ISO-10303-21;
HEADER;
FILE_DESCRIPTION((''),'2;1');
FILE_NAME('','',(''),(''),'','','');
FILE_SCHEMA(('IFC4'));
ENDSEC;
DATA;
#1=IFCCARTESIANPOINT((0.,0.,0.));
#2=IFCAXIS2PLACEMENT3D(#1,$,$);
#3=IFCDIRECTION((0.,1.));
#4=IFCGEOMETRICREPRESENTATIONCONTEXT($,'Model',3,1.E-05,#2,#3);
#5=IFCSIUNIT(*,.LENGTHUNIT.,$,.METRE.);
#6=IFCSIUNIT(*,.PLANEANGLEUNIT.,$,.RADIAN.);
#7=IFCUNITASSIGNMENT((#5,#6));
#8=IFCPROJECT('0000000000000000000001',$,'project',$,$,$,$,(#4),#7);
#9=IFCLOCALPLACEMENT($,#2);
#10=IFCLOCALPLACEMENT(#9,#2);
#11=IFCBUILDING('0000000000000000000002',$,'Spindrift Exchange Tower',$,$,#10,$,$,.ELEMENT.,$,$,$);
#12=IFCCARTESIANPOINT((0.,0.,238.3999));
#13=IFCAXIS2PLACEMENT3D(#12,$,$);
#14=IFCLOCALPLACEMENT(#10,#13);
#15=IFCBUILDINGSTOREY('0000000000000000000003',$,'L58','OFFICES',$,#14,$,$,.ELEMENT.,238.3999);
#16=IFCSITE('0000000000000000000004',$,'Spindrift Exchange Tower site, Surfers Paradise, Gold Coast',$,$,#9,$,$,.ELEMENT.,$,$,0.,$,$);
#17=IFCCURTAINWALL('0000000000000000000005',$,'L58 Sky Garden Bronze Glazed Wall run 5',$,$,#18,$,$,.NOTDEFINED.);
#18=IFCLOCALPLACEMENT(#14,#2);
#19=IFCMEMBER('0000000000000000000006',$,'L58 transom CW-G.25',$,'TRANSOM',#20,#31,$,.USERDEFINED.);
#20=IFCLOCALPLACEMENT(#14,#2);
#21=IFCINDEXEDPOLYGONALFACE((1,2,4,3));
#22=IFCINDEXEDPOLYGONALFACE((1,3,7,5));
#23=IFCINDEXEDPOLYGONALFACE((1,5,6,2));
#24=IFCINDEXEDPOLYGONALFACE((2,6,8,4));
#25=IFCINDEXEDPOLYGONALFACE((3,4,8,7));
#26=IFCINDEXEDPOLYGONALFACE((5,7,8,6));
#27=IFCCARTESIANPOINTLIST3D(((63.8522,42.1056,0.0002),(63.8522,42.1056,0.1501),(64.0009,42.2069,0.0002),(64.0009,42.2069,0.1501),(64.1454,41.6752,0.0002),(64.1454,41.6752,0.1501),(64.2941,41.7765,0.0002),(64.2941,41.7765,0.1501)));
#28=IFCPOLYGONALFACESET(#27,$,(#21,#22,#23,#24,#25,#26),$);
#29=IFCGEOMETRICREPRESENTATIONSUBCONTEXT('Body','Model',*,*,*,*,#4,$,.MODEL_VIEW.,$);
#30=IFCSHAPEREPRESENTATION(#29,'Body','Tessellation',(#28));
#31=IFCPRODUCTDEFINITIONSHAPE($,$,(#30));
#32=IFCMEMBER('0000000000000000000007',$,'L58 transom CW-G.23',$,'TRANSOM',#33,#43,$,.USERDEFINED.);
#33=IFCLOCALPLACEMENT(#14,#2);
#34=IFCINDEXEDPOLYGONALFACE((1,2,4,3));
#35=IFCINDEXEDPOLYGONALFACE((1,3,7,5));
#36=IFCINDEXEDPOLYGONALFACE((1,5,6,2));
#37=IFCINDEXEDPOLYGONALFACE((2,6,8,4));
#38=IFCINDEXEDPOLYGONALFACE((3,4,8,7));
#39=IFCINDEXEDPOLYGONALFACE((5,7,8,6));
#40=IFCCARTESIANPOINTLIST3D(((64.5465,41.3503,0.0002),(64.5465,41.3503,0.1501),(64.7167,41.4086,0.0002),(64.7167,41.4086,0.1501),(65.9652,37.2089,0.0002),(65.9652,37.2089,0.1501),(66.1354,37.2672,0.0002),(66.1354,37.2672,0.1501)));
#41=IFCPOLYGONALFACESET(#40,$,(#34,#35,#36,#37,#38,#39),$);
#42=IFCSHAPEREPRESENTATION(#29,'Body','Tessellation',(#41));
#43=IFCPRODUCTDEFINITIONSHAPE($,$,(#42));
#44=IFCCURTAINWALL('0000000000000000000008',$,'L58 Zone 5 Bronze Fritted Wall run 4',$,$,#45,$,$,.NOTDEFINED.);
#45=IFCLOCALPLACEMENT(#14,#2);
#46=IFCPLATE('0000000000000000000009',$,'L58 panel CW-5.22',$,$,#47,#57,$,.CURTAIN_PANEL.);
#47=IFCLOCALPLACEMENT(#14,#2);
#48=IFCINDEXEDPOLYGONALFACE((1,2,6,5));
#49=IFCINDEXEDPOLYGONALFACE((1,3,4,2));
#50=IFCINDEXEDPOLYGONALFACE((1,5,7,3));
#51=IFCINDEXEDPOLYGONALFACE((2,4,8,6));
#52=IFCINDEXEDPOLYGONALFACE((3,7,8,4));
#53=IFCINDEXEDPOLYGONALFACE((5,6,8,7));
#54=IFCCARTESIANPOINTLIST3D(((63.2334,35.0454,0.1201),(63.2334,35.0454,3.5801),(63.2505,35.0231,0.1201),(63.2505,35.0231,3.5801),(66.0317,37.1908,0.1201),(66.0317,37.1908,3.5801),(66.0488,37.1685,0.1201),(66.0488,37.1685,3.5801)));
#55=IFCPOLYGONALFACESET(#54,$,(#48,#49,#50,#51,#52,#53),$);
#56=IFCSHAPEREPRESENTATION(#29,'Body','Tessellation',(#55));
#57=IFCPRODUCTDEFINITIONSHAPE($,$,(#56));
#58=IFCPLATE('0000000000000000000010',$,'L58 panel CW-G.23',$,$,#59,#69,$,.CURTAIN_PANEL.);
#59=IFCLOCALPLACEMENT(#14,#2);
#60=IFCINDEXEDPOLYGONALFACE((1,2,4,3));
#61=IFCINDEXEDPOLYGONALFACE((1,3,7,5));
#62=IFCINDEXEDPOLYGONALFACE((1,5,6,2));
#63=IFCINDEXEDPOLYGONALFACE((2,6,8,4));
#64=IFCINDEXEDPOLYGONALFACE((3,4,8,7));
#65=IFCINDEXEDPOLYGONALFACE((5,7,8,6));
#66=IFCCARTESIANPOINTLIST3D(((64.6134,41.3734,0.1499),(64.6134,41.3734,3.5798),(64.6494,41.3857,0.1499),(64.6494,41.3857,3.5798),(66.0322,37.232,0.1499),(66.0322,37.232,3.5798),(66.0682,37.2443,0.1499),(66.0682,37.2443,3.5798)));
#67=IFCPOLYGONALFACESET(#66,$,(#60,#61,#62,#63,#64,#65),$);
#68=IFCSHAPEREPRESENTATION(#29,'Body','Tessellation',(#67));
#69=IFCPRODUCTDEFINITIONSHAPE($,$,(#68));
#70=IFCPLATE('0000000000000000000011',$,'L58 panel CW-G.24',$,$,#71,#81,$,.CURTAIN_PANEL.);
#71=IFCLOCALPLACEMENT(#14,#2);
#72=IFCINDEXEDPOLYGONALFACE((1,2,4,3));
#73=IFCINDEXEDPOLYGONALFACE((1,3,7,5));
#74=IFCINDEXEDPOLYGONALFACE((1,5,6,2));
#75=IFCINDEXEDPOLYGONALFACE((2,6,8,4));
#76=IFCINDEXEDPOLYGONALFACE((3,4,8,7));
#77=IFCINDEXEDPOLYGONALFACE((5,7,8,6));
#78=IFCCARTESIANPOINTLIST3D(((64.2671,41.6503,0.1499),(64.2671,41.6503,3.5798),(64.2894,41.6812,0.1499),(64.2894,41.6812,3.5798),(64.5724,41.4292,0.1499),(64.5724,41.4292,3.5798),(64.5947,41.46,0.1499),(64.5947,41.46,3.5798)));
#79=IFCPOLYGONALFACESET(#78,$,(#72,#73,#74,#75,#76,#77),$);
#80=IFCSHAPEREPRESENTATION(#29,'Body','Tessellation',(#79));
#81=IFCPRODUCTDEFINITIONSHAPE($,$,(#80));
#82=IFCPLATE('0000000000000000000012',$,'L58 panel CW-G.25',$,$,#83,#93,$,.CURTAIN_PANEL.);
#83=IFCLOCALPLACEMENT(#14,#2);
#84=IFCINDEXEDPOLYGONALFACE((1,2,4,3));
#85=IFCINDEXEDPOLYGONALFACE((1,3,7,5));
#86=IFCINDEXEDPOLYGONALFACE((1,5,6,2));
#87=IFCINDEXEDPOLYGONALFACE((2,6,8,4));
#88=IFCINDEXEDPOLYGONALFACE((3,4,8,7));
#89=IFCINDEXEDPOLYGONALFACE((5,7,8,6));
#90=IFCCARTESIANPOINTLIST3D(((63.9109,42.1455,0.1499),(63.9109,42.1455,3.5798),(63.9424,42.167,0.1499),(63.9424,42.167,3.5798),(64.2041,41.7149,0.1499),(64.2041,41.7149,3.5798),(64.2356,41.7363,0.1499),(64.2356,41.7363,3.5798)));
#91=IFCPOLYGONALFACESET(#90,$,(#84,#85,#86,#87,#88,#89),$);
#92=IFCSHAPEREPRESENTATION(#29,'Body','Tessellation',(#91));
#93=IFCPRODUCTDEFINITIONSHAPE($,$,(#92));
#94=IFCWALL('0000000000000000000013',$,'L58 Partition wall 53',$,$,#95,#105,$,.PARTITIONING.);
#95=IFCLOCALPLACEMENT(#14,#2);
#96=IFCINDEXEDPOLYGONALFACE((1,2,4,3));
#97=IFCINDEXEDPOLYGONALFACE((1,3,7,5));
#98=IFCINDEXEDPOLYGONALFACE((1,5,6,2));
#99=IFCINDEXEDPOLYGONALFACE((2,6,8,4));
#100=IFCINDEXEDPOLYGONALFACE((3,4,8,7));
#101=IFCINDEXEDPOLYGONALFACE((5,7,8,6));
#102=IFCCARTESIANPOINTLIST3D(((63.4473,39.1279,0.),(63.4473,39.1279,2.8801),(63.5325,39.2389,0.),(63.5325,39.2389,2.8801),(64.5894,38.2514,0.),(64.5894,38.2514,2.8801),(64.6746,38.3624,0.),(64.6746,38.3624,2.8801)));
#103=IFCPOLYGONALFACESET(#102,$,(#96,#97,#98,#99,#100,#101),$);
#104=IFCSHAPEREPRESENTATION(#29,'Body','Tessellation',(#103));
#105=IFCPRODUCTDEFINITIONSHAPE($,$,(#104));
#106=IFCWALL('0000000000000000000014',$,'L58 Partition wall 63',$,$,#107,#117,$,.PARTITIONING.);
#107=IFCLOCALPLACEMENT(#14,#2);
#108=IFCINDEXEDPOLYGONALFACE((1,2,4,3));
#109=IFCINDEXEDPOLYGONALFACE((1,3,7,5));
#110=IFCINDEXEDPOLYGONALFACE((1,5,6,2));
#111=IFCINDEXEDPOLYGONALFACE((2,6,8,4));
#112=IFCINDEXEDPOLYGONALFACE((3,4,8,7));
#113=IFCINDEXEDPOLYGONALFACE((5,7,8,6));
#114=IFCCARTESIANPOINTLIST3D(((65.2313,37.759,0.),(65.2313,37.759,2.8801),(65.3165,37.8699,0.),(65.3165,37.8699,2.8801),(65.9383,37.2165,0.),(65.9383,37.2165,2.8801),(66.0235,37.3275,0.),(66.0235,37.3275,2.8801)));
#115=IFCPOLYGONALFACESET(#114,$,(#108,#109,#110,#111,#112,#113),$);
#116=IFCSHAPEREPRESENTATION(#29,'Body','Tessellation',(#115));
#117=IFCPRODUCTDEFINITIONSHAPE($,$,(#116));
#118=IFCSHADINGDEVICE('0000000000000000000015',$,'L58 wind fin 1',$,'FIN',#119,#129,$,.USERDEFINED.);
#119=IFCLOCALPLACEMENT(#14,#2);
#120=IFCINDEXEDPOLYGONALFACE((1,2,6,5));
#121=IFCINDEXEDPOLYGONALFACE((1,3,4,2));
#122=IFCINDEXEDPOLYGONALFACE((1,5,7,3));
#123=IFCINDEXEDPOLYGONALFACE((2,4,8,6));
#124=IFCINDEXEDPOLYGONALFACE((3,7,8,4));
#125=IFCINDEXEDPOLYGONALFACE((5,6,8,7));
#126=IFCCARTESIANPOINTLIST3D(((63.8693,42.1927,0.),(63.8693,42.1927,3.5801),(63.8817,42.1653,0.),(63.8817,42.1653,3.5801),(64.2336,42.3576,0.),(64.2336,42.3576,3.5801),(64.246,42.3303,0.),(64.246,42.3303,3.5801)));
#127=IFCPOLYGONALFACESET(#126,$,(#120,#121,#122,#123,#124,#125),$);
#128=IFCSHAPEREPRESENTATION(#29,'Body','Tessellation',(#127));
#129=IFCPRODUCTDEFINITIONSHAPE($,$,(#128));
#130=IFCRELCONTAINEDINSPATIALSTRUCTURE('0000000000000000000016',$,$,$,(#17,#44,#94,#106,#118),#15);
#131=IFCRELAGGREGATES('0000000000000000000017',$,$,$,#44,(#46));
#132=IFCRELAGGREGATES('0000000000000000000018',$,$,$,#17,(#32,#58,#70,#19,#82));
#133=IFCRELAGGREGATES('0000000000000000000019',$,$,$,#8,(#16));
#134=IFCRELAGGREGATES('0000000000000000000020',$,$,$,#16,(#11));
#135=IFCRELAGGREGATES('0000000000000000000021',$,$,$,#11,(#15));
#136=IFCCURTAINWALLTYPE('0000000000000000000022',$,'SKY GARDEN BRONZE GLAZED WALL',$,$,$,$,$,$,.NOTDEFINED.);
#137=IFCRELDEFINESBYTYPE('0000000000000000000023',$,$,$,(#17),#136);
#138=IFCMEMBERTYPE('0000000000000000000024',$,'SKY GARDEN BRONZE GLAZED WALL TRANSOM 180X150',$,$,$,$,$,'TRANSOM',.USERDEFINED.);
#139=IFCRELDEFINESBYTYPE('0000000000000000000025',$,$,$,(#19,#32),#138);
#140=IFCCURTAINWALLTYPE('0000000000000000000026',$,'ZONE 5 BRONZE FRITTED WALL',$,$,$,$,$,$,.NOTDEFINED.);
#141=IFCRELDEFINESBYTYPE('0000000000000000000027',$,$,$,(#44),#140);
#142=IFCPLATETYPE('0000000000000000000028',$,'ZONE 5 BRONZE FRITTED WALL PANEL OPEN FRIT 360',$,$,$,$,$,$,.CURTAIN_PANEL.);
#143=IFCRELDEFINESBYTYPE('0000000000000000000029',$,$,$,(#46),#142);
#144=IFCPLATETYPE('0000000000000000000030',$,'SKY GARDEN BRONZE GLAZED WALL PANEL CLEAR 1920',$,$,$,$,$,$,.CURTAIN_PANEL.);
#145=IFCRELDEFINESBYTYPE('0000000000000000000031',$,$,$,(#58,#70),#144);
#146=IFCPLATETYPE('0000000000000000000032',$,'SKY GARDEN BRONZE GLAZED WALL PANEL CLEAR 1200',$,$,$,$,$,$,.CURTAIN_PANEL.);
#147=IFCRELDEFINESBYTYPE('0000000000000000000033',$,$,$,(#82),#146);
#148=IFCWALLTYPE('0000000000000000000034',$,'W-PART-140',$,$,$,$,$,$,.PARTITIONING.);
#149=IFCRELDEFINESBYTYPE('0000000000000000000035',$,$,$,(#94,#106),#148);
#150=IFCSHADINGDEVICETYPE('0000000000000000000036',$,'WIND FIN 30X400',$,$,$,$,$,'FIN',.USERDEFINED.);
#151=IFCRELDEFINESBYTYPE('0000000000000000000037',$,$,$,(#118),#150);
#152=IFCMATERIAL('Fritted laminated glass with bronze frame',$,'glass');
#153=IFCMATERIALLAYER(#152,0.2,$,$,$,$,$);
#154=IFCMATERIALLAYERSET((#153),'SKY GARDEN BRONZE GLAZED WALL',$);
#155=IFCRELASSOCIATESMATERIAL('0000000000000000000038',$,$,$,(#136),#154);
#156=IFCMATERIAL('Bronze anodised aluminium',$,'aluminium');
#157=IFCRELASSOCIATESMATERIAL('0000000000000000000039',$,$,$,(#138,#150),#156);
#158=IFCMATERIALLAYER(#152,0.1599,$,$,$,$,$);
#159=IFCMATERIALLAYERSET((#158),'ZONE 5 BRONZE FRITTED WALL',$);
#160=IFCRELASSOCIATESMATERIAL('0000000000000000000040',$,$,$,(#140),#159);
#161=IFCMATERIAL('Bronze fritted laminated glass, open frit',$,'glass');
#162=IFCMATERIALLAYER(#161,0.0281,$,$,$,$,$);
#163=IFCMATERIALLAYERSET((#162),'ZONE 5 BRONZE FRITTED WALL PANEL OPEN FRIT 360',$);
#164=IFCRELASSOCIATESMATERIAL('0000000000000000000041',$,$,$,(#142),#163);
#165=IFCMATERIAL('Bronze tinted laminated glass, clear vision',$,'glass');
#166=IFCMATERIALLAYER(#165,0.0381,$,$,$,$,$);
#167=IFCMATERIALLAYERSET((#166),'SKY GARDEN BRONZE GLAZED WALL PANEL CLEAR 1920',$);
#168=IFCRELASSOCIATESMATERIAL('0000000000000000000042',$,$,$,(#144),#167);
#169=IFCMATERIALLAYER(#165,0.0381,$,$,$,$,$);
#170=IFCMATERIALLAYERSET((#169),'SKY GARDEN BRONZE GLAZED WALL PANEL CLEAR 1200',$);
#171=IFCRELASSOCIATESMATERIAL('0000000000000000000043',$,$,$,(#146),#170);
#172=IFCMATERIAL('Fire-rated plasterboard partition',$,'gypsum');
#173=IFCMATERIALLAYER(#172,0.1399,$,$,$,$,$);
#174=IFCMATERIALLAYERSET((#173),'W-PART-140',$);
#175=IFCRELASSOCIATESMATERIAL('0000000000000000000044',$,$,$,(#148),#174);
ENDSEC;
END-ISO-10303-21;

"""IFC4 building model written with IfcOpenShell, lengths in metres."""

from ifc_helpers import new_model, si_unit, direction, frame, frame_2d, origin, origin_2d, place, context, subcontext, project, spatial, rectangle, extrude, source, transform, mapped, material, layer, layer_set, material_profile, profile_set, type_object, element, aggregate, save


model = new_model("IFC4")

# Units and contexts
model_context = context("Model", 3, precision=1e-05, world=origin(), true_north=direction((0.0, 1.0)))
body_context = subcontext(model_context, "Body", "Model", "MODEL_VIEW")
ifc_project = project(units=[si_unit("LENGTHUNIT", "METRE"), si_unit("PLANEANGLEUNIT", "RADIAN")], contexts=[model_context])

# Site, building, storey
site_placement = place(None, origin())
site = spatial("IfcSite", under=ifc_project, at=site_placement, Name="Spindrift Exchange Tower site, Surfers Paradise, Gold Coast", CompositionType="ELEMENT", RefElevation=0.0)
building_placement = place(site_placement, origin())
building = spatial("IfcBuilding", under=site, at=building_placement, Name="Spindrift Exchange Tower", CompositionType="ELEMENT")
storey_placement = place(building_placement, frame((0.0, 0.0, 238.3999)))
storey = spatial("IfcBuildingStorey", under=building, at=storey_placement, Name="L58", Description="OFFICES", CompositionType="ELEMENT", Elevation=238.3999)

# Curtain wall, members
ifc_material_1 = material(Name="Fritted laminated glass with bronze frame", Category="glass")
ifc_layer_1 = layer(ifc_material_1, 0.2)
ifc_layer_set_1 = layer_set([ifc_layer_1], Name="SKY GARDEN BRONZE GLAZED WALL")
curtain_wall_type_1 = type_object("IfcCurtainWallType", Name="SKY GARDEN BRONZE GLAZED WALL", PredefinedType="NOTDEFINED", material=ifc_layer_set_1)
curtain_wall_1_placement = place(storey_placement, origin())
curtain_wall_1 = element("IfcCurtainWall", 1, at=curtain_wall_1_placement, inside=storey, type_object=curtain_wall_type_1, Name="L58 Sky Garden Bronze Glazed Wall run 5", PredefinedType="NOTDEFINED")
ifc_material_2 = material(Name="Bronze anodised aluminium", Category="aluminium")
ifc_material_profile_1 = material_profile(ifc_material_2, rectangle(XDim=0.1799, YDim=0.1499, at=origin_2d()), Name="SKY GARDEN BRONZE GLAZED WALL TRANSOM 180X150")
ifc_profile_set_1 = profile_set([ifc_material_profile_1], Name="Bronze anodised aluminium")
member_type_1 = type_object("IfcMemberType", Name="SKY GARDEN BRONZE GLAZED WALL TRANSOM 180X150", ElementType="TRANSOM", PredefinedType="USERDEFINED", material=ifc_profile_set_1)
shared_shape_1 = source(origin(), body_context, "Body", "SweptSolid", [
    extrude(rectangle(XDim=0.1799, YDim=0.1499, at=origin_2d()), origin(), (0.0, 0.0, 1.0), 0.5208),
])
member_1_placement = place(storey_placement, frame((64.2197, 41.7258, 0.0752), z_axis=(-0.563002, 0.826455, 0.0), x_axis=(-0.826455, -0.563002, 0.0)))
member_1 = element("IfcMember", 2, at=member_1_placement, type_object=member_type_1, Name="L58 transom CW-G.25", ObjectType="TRANSOM", PredefinedType="USERDEFINED", context=body_context, shape_type="MappedRepresentation", body=[
    mapped(shared_shape_1, transform((0.0, 0.0, 0.0), scale=1.0)),
])
shared_shape_2 = source(origin(), body_context, "Body", "SweptSolid", [
    extrude(rectangle(XDim=0.1799, YDim=0.1499, at=origin_2d()), origin(), (0.0, 0.0, 1.0), 4.3777),
])
member_2_placement = place(storey_placement, frame((66.0503, 37.238, 0.0752), z_axis=(-0.32408, 0.94603, 0.0), x_axis=(-0.94603, -0.32408, 0.0)))
member_2 = element("IfcMember", 3, at=member_2_placement, type_object=member_type_1, Name="L58 transom CW-G.23", ObjectType="TRANSOM", PredefinedType="USERDEFINED", context=body_context, shape_type="MappedRepresentation", body=[
    mapped(shared_shape_2, transform((0.0, 0.0, 0.0), scale=1.0)),
])

# Curtain wall, plate
ifc_layer_2 = layer(ifc_material_1, 0.1599)
ifc_layer_set_2 = layer_set([ifc_layer_2], Name="ZONE 5 BRONZE FRITTED WALL")
curtain_wall_type_2 = type_object("IfcCurtainWallType", Name="ZONE 5 BRONZE FRITTED WALL", PredefinedType="NOTDEFINED", material=ifc_layer_set_2)
curtain_wall_2_placement = place(storey_placement, origin())
curtain_wall_2 = element("IfcCurtainWall", 4, at=curtain_wall_2_placement, inside=storey, type_object=curtain_wall_type_2, Name="L58 Zone 5 Bronze Fritted Wall run 4", PredefinedType="NOTDEFINED")
ifc_material_3 = material(Name="Bronze fritted laminated glass, open frit", Category="glass")
ifc_layer_3 = layer(ifc_material_3, 0.0281)
ifc_layer_set_3 = layer_set([ifc_layer_3], Name="ZONE 5 BRONZE FRITTED WALL PANEL OPEN FRIT 360")
plate_type_1 = type_object("IfcPlateType", Name="ZONE 5 BRONZE FRITTED WALL PANEL OPEN FRIT 360", PredefinedType="CURTAIN_PANEL", material=ifc_layer_set_3)
shared_shape_3 = source(origin(), body_context, "Body", "SweptSolid", [
    extrude(rectangle(XDim=3.5261, YDim=0.0281, at=origin_2d()), origin(), (0.0, 0.0, 1.0), 3.46),
])
plate_1_placement = place(storey_placement, frame((64.6411, 36.1069, 0.1201), z_axis=(0.0, 0.0, 1.0), x_axis=(0.793601, 0.608439, 0.0)))
plate_1 = element("IfcPlate", 5, at=plate_1_placement, type_object=plate_type_1, Name="L58 panel CW-5.22", PredefinedType="CURTAIN_PANEL", context=body_context, shape_type="MappedRepresentation", body=[
    mapped(shared_shape_3, transform((0.0, 0.0, 0.0), scale=1.0)),
])
aggregate(curtain_wall_2, [plate_1])

# Plates
ifc_material_4 = material(Name="Bronze tinted laminated glass, clear vision", Category="glass")
ifc_layer_4 = layer(ifc_material_4, 0.0381)
ifc_layer_set_4 = layer_set([ifc_layer_4], Name="SKY GARDEN BRONZE GLAZED WALL PANEL CLEAR 1920")
plate_type_2 = type_object("IfcPlateType", Name="SKY GARDEN BRONZE GLAZED WALL PANEL CLEAR 1920", PredefinedType="CURTAIN_PANEL", material=ifc_layer_set_4)
shared_shape_4 = source(origin(), body_context, "Body", "SweptSolid", [
    extrude(rectangle(XDim=4.3777, YDim=0.0381, at=origin_2d()), origin(), (0.0, 0.0, 1.0), 3.4299),
])
plate_2_placement = place(storey_placement, frame((65.3408, 39.3088, 0.1499), z_axis=(0.0, 0.0, 1.0), x_axis=(-0.324096, 0.946024, 0.0)))
plate_2 = element("IfcPlate", 6, at=plate_2_placement, type_object=plate_type_2, Name="L58 panel CW-G.23", PredefinedType="CURTAIN_PANEL", context=body_context, shape_type="MappedRepresentation", body=[
    mapped(shared_shape_4, transform((0.0, 0.0, 0.0), scale=1.0)),
])
shared_shape_5 = source(origin(), body_context, "Body", "SweptSolid", [
    extrude(rectangle(XDim=0.377, YDim=0.0381, at=origin_2d()), origin(), (0.0, 0.0, 1.0), 3.4299),
])
plate_3_placement = place(storey_placement, frame((64.4309, 41.5552, 0.1499), z_axis=(0.0, 0.0, 1.0), x_axis=(-0.809839, 0.586652, 0.0)))
plate_3 = element("IfcPlate", 7, at=plate_3_placement, type_object=plate_type_2, Name="L58 panel CW-G.24", PredefinedType="CURTAIN_PANEL", context=body_context, shape_type="MappedRepresentation", body=[
    mapped(shared_shape_5, transform((0.0, 0.0, 0.0), scale=1.0)),
])
ifc_layer_5 = layer(ifc_material_4, 0.0381)
ifc_layer_set_5 = layer_set([ifc_layer_5], Name="SKY GARDEN BRONZE GLAZED WALL PANEL CLEAR 1200")
plate_type_3 = type_object("IfcPlateType", Name="SKY GARDEN BRONZE GLAZED WALL PANEL CLEAR 1200", PredefinedType="CURTAIN_PANEL", material=ifc_layer_set_5)
shared_shape_6 = source(origin(), body_context, "Body", "SweptSolid", [
    extrude(rectangle(XDim=0.521, YDim=0.0381, at=origin_2d()), origin(), (0.0, 0.0, 1.0), 3.4299),
])
plate_4_placement = place(storey_placement, frame((64.0732, 41.9409, 0.1499), z_axis=(0.0, 0.0, 1.0), x_axis=(-0.562825, 0.826576, 0.0)))
plate_4 = element("IfcPlate", 8, at=plate_4_placement, type_object=plate_type_3, Name="L58 panel CW-G.25", PredefinedType="CURTAIN_PANEL", context=body_context, shape_type="MappedRepresentation", body=[
    mapped(shared_shape_6, transform((0.0, 0.0, 0.0), scale=1.0)),
])
aggregate(curtain_wall_1, [member_2, plate_2, plate_3, member_1, plate_4])

# Walls
ifc_material_5 = material(Name="Fire-rated plasterboard partition", Category="gypsum")
ifc_layer_6 = layer(ifc_material_5, 0.1399)
ifc_layer_set_6 = layer_set([ifc_layer_6], Name="W-PART-140")
wall_type = type_object("IfcWallType", Name="W-PART-140", PredefinedType="PARTITIONING", material=ifc_layer_set_6)
wall_1_placement = place(storey_placement, frame((63.49, 39.1833, 0.0), z_axis=(0.0, 0.0, 1.0), x_axis=(0.793317, -0.608809, 0.0)))
element("IfcWall", 9, at=wall_1_placement, inside=storey, type_object=wall_type, Name="L58 Partition wall 53", PredefinedType="PARTITIONING", context=body_context, shape_type="SweptSolid", body=[
    extrude(rectangle(XDim=1.4397, YDim=0.1399, at=frame_2d((0.7197, 0.0))), origin(), (0.0, 0.0, 1.0), 2.8801),
])
wall_2_placement = place(storey_placement, frame((65.2739, 37.8145, 0.0), z_axis=(0.0, 0.0, 1.0), x_axis=(0.793377, -0.608731, 0.0)))
element("IfcWall", 10, at=wall_2_placement, inside=storey, type_object=wall_type, Name="L58 Partition wall 63", PredefinedType="PARTITIONING", context=body_context, shape_type="SweptSolid", body=[
    extrude(rectangle(XDim=0.8911, YDim=0.1399, at=frame_2d((0.4456, 0.0))), origin(), (0.0, 0.0, 1.0), 2.8801),
])

# Shading device
ifc_material_profile_2 = material_profile(ifc_material_2, rectangle(XDim=0.03, YDim=0.3999, at=origin_2d()), Name="WIND FIN 30X400")
ifc_profile_set_2 = profile_set([ifc_material_profile_2], Name="Bronze anodised aluminium")
shading_device_type = type_object("IfcShadingDeviceType", Name="WIND FIN 30X400", ElementType="FIN", PredefinedType="USERDEFINED", material=ifc_profile_set_2)
shared_shape_7 = source(origin(), body_context, "Body", "SweptSolid", [
    extrude(rectangle(XDim=0.03, YDim=0.3999, at=origin_2d()), origin(), (0.0, 0.0, 1.0), 3.5801),
])
shading_device_placement = place(storey_placement, frame((64.0576, 42.2615, 0.0), z_axis=(0.0, 0.0, 1.0), x_axis=(-0.412373, 0.911015, 0.0)))
element("IfcShadingDevice", 11, at=shading_device_placement, inside=storey, type_object=shading_device_type, Name="L58 wind fin 1", ObjectType="FIN", PredefinedType="USERDEFINED", context=body_context, shape_type="MappedRepresentation", body=[
    mapped(shared_shape_7, transform((0.0, 0.0, 0.0), scale=1.0)),
])

save(model, "model.ifc")
